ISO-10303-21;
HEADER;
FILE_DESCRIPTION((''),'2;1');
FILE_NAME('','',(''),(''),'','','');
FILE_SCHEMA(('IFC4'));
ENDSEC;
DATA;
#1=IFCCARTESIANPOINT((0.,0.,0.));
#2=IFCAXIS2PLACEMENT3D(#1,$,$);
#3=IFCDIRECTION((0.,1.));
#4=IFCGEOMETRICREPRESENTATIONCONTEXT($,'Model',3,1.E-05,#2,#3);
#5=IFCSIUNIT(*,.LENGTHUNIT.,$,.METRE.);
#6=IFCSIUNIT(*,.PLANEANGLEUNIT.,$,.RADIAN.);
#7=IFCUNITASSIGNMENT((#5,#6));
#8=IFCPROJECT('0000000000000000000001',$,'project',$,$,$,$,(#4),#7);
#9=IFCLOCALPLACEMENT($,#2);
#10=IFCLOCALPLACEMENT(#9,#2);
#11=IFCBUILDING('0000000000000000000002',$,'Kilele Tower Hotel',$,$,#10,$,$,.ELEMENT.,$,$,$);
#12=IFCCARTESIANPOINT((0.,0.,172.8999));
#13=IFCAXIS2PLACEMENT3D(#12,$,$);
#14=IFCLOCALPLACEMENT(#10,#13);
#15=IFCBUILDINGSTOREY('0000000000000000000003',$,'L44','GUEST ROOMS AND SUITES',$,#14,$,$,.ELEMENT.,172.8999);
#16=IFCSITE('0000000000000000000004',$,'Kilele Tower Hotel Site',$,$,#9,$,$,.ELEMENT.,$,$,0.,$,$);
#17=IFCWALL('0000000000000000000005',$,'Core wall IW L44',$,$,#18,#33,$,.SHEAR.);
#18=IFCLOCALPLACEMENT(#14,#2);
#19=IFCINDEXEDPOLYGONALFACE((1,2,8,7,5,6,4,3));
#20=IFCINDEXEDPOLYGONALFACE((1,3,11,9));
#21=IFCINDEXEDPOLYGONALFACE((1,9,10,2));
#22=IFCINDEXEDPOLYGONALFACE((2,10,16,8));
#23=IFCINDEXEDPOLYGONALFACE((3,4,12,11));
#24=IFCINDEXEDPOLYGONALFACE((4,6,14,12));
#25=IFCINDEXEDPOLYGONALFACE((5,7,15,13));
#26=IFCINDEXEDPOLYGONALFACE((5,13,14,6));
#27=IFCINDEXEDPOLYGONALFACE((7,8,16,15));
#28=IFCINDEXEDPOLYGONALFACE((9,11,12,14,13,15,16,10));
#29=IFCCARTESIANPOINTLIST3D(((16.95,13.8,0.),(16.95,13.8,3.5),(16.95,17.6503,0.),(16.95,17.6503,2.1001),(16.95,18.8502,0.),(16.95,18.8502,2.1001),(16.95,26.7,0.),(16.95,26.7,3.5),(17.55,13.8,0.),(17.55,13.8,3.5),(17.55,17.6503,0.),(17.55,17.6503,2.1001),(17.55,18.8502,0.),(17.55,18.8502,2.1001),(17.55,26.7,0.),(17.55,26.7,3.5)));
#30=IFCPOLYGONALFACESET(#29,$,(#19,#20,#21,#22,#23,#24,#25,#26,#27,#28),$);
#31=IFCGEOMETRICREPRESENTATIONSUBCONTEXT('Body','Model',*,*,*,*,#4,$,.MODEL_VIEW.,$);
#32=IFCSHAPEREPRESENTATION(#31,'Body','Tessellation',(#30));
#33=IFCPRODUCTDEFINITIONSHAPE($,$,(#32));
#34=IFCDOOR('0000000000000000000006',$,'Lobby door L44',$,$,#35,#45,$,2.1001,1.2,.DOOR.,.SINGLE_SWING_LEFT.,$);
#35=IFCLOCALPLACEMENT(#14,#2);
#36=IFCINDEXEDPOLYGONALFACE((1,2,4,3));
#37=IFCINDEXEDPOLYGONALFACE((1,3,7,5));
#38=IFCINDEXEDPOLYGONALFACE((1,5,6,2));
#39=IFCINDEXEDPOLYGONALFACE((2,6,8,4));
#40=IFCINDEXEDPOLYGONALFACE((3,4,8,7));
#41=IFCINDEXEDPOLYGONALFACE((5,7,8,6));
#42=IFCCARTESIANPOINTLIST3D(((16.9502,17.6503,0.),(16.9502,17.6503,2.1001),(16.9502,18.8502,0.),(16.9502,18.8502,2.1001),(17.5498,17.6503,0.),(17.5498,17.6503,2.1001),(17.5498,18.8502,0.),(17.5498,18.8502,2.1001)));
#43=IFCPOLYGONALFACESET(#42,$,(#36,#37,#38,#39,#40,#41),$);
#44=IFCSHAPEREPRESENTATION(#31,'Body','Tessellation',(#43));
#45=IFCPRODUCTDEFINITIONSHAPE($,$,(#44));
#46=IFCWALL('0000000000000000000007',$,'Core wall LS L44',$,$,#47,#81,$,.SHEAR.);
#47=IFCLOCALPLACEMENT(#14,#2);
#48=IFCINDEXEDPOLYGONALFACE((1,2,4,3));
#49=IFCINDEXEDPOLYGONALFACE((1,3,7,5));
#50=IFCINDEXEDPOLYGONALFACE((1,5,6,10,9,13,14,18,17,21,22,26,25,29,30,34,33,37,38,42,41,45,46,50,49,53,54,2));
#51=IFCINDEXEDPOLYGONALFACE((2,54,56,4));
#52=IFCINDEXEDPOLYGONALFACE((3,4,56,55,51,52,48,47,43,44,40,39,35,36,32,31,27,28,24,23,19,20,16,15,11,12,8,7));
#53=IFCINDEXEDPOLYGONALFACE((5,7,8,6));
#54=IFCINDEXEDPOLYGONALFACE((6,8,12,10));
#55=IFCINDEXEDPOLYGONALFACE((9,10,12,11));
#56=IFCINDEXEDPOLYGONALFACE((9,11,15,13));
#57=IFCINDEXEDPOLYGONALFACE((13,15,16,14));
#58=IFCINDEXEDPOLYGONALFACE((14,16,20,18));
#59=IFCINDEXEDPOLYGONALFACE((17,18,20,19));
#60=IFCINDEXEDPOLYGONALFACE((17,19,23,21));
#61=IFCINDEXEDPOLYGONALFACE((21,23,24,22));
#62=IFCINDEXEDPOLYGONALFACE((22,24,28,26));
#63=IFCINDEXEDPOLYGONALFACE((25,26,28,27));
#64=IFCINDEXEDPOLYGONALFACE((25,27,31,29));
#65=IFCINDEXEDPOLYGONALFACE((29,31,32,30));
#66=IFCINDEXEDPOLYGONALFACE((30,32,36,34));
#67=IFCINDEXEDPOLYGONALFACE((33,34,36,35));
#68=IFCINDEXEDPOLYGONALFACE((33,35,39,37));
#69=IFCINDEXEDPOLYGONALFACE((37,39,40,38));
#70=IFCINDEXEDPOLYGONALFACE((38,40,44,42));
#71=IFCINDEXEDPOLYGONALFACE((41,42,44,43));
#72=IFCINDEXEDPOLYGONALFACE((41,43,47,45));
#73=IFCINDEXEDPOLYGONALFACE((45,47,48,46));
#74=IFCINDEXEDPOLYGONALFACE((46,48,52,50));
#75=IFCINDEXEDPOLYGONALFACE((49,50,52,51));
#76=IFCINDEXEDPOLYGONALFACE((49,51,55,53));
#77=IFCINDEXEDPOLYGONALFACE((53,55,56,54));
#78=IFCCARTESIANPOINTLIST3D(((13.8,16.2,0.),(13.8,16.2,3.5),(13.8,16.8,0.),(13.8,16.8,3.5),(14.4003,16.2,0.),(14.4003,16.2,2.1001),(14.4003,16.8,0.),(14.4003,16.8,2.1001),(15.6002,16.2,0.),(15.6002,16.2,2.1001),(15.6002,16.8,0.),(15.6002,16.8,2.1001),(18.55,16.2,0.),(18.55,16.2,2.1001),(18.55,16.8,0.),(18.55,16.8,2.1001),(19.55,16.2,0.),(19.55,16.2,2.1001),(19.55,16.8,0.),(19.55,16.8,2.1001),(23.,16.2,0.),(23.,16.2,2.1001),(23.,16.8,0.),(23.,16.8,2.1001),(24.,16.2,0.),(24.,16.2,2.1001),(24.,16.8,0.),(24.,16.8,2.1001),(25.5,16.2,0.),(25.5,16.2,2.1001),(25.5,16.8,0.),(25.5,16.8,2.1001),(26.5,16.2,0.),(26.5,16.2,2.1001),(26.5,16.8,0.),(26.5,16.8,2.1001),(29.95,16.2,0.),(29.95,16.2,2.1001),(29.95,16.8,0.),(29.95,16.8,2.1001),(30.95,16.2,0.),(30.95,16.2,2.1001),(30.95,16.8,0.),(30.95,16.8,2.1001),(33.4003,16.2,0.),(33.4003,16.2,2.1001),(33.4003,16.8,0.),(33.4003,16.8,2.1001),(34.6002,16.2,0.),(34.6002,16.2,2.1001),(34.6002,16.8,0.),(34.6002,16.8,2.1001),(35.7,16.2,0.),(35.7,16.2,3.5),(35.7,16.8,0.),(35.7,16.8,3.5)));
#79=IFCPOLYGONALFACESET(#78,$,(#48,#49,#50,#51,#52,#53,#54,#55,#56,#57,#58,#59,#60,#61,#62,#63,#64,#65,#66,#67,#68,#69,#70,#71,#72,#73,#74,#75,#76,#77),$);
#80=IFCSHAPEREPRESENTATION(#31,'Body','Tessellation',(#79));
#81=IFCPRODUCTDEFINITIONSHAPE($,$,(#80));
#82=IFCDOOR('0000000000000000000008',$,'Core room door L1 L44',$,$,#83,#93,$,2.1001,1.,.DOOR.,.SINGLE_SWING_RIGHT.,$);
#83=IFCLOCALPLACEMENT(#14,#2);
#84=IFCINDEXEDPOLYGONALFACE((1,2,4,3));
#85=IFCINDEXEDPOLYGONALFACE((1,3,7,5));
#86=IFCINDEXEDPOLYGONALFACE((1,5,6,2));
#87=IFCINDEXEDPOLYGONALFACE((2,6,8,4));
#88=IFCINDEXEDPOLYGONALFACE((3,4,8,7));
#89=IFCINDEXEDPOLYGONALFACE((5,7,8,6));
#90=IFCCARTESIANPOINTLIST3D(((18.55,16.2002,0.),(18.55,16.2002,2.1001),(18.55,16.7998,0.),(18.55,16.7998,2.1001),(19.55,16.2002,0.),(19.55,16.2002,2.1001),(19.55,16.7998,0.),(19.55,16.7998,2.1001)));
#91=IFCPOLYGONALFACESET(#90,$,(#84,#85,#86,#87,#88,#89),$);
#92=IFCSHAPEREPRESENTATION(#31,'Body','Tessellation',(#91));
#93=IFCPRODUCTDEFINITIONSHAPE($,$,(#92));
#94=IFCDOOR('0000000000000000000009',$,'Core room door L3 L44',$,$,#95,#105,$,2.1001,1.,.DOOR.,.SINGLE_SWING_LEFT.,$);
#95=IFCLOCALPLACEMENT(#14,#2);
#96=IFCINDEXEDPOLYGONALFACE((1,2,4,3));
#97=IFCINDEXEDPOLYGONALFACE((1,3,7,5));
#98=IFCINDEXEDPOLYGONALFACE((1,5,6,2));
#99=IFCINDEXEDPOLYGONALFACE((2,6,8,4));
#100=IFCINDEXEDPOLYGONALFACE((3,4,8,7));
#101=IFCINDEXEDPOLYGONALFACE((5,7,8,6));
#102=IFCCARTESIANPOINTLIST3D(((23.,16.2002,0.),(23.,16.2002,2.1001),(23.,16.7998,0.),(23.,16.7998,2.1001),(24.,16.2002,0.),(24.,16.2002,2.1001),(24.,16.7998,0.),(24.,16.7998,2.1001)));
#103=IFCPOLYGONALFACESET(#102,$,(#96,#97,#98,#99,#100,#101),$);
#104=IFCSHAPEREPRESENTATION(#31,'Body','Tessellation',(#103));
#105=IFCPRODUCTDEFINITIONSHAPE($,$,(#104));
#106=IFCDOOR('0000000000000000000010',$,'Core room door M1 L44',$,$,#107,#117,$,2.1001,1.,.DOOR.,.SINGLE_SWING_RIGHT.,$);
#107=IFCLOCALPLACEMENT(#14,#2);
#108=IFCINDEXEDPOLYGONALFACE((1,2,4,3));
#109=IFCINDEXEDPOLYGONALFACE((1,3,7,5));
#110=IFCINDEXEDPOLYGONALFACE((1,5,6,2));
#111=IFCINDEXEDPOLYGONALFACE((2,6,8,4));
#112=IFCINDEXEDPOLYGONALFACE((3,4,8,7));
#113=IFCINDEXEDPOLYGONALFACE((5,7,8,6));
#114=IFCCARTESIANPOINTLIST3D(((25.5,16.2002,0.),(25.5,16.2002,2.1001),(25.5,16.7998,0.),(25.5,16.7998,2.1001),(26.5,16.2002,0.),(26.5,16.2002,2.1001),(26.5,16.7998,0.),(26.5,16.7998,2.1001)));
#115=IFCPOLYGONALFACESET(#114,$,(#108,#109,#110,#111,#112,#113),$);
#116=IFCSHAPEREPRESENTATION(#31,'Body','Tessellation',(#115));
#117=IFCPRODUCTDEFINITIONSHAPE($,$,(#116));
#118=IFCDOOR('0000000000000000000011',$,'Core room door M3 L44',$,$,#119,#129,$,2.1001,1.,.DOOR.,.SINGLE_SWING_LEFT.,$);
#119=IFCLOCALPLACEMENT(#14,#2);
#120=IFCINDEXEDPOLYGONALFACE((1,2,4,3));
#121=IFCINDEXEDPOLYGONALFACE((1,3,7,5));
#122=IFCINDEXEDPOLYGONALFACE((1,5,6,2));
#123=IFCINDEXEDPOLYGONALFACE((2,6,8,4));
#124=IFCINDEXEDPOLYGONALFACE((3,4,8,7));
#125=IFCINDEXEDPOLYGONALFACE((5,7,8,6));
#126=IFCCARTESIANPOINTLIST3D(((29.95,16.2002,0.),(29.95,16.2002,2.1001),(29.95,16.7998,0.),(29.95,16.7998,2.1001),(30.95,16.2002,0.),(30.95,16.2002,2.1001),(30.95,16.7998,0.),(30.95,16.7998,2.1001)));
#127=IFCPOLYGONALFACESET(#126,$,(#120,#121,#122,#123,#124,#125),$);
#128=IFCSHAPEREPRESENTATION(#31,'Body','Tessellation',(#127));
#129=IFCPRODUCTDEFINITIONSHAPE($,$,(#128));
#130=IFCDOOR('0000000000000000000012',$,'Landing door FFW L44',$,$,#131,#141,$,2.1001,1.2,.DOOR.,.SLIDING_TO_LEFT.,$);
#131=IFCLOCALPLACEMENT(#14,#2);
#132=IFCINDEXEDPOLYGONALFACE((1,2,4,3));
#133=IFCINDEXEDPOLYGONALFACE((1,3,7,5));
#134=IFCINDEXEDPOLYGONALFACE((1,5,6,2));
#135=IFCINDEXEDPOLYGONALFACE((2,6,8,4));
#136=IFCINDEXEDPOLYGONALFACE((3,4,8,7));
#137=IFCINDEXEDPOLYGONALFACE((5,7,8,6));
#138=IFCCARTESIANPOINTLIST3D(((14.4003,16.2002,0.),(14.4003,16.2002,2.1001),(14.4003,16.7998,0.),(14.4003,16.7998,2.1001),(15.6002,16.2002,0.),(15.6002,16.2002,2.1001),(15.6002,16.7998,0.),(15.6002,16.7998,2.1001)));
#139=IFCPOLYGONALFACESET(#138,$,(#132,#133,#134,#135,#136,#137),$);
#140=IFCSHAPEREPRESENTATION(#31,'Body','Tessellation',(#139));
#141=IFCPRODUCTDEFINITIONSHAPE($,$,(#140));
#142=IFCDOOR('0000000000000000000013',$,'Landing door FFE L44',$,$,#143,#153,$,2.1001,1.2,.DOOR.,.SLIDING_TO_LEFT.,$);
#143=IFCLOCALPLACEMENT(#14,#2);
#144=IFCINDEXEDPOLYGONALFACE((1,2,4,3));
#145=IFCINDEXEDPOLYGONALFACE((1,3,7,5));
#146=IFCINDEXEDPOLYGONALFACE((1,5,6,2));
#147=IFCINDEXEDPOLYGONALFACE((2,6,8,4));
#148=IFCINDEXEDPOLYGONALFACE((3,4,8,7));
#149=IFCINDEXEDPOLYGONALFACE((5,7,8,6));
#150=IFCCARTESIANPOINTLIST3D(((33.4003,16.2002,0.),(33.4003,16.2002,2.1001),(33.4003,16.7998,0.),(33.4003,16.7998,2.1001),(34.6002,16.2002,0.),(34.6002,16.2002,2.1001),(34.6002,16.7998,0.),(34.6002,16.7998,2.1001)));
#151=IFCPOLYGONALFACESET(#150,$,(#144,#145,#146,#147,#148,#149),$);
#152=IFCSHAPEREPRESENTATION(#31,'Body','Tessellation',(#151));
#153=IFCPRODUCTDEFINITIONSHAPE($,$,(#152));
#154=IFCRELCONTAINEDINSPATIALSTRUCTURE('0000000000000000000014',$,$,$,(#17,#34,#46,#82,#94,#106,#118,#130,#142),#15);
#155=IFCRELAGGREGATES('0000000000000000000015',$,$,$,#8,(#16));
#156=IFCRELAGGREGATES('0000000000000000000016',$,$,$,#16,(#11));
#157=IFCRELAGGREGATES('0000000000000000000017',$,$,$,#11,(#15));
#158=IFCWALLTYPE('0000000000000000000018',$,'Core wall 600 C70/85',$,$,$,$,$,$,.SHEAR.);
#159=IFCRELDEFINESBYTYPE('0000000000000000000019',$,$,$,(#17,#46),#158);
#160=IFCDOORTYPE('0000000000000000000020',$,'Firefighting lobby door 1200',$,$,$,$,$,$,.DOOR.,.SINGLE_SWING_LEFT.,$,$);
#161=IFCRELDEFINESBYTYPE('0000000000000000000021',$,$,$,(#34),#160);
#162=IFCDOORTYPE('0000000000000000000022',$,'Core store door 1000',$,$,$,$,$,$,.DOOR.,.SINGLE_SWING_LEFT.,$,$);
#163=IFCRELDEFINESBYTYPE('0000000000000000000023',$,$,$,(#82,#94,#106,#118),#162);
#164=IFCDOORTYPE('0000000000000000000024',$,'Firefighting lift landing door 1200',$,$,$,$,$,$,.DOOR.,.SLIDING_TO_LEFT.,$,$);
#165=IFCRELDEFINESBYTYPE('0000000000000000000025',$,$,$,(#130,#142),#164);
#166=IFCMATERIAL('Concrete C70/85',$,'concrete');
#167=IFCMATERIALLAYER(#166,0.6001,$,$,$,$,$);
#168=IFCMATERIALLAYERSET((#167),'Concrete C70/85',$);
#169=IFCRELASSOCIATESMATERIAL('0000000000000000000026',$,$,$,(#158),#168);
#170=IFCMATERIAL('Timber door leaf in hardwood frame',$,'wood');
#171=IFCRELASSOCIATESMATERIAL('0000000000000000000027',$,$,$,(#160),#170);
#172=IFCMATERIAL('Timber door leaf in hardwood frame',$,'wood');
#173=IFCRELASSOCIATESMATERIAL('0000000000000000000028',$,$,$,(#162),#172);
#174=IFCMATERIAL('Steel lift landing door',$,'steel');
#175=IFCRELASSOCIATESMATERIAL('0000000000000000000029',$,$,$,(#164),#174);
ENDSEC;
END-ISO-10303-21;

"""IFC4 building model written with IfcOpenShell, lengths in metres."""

from ifc_helpers import new_model, si_unit, direction, frame, frame_2d, origin, place, context, subcontext, project, spatial, rectangle, extrude, material, layer, layer_set, type_object, element, fill, save


model = new_model("IFC4")

# Units and contexts
model_context = context("Model", 3, precision=1e-05, world=origin(), true_north=direction((0.0, 1.0)))
body_context = subcontext(model_context, "Body", "Model", "MODEL_VIEW")
ifc_project = project(units=[si_unit("LENGTHUNIT", "METRE"), si_unit("PLANEANGLEUNIT", "RADIAN")], contexts=[model_context])

# Site, building, storey
site_placement = place(None, origin())
site = spatial("IfcSite", under=ifc_project, at=site_placement, Name="Kilele Tower Hotel Site", CompositionType="ELEMENT", RefElevation=0.0)
building_placement = place(site_placement, origin())
building = spatial("IfcBuilding", under=site, at=building_placement, Name="Kilele Tower Hotel", CompositionType="ELEMENT")
storey_placement = place(building_placement, frame((0.0, 0.0, 172.8999)))
storey = spatial("IfcBuildingStorey", under=building, at=storey_placement, Name="L44", Description="GUEST ROOMS AND SUITES", CompositionType="ELEMENT", Elevation=172.8999)

# Wall, opening, door
ifc_material_1 = material(Name="Concrete C70/85", Category="concrete")
ifc_layer = layer(ifc_material_1, 0.6001)
ifc_layer_set = layer_set([ifc_layer], Name="Concrete C70/85")
wall_type = type_object("IfcWallType", Name="Core wall 600 C70/85", PredefinedType="SHEAR", material=ifc_layer_set)
wall_1_placement = place(storey_placement, frame((17.25, 13.8, 0.0), z_axis=(0.0, 0.0, 1.0), x_axis=(0.0, 1.0, 0.0)))
wall_1 = element("IfcWall", 1, at=wall_1_placement, inside=storey, type_object=wall_type, Name="Core wall IW L44", PredefinedType="SHEAR", context=body_context, shape_type="SweptSolid", body=[
    extrude(rectangle(XDim=12.8999, YDim=0.6001, at=frame_2d((6.45, 0.0))), origin(), (0.0, 0.0, 1.0), 3.5),
])
opening_1_placement = place(wall_1_placement, frame((3.8501, 0.0, 0.0)))
opening_1 = element("IfcOpeningElement", 2, at=opening_1_placement, cuts=wall_1, PredefinedType="OPENING", context=body_context, shape_type="SweptSolid", body=[
    extrude(rectangle(XDim=1.2, YDim=2.1001, at=frame_2d((0.6001, 1.05))), frame((0.0, 0.3101, 0.0), z_axis=(0.0, -1.0, 0.0), x_axis=(1.0, 0.0, 0.0)), (0.0, 0.0, 1.0), 0.6201),
])
ifc_material_2 = material(Name="Timber door leaf in hardwood frame", Category="wood")
door_type_1 = type_object("IfcDoorType", Name="Firefighting lobby door 1200", OperationType="SINGLE_SWING_LEFT", PredefinedType="DOOR", material=ifc_material_2)
door_1_placement = place(opening_1_placement, origin())
door_1 = element("IfcDoor", 3, at=door_1_placement, inside=storey, type_object=door_type_1, Name="Lobby door L44", OperationType="SINGLE_SWING_LEFT", OverallHeight=2.1001, OverallWidth=1.2, PredefinedType="DOOR", context=body_context, shape_type="SweptSolid", body=[
    extrude(rectangle(XDim=1.2, YDim=2.1001, at=frame_2d((0.6001, 1.05))), frame((0.0, 0.2998, 0.0), z_axis=(0.0, -1.0, 0.0), x_axis=(1.0, 0.0, 0.0)), (0.0, 0.0, 1.0), 0.5996),
])
fill(opening_1, door_1)

# Wall, openings, doors
wall_2_placement = place(storey_placement, frame((13.8, 16.5, 0.0), z_axis=(0.0, 0.0, 1.0), x_axis=(1.0, 0.0, 0.0)))
wall_2 = element("IfcWall", 4, at=wall_2_placement, inside=storey, type_object=wall_type, Name="Core wall LS L44", PredefinedType="SHEAR", context=body_context, shape_type="SweptSolid", body=[
    extrude(rectangle(XDim=21.8999, YDim=0.6001, at=frame_2d((10.95, 0.0))), origin(), (0.0, 0.0, 1.0), 3.5),
])
opening_2_placement = place(wall_2_placement, frame((5.75, 0.0, 0.0), z_axis=(0.0, 0.0, 1.0), x_axis=(-1.0, 0.0, 0.0)))
opening_2 = element("IfcOpeningElement", 5, at=opening_2_placement, cuts=wall_2, PredefinedType="OPENING", context=body_context, shape_type="SweptSolid", body=[
    extrude(rectangle(XDim=1.0, YDim=2.1001, at=frame_2d((0.5, 1.05))), frame((0.0, 0.3101, 0.0), z_axis=(0.0, -1.0, 0.0), x_axis=(1.0, 0.0, 0.0)), (0.0, 0.0, 1.0), 0.6201),
])
opening_3_placement = place(wall_2_placement, frame((10.2, 0.0, 0.0), z_axis=(0.0, 0.0, 1.0), x_axis=(-1.0, 0.0, 0.0)))
opening_3 = element("IfcOpeningElement", 6, at=opening_3_placement, cuts=wall_2, PredefinedType="OPENING", context=body_context, shape_type="SweptSolid", body=[
    extrude(rectangle(XDim=1.0, YDim=2.1001, at=frame_2d((0.5, 1.05))), frame((0.0, 0.3101, 0.0), z_axis=(0.0, -1.0, 0.0), x_axis=(1.0, 0.0, 0.0)), (0.0, 0.0, 1.0), 0.6201),
])
opening_4_placement = place(wall_2_placement, frame((12.7, 0.0, 0.0), z_axis=(0.0, 0.0, 1.0), x_axis=(-1.0, 0.0, 0.0)))
opening_4 = element("IfcOpeningElement", 7, at=opening_4_placement, cuts=wall_2, PredefinedType="OPENING", context=body_context, shape_type="SweptSolid", body=[
    extrude(rectangle(XDim=1.0, YDim=2.1001, at=frame_2d((0.5, 1.05))), frame((0.0, 0.3101, 0.0), z_axis=(0.0, -1.0, 0.0), x_axis=(1.0, 0.0, 0.0)), (0.0, 0.0, 1.0), 0.6201),
])
opening_5_placement = place(wall_2_placement, frame((17.1499, 0.0, 0.0), z_axis=(0.0, 0.0, 1.0), x_axis=(-1.0, 0.0, 0.0)))
opening_5 = element("IfcOpeningElement", 8, at=opening_5_placement, cuts=wall_2, PredefinedType="OPENING", context=body_context, shape_type="SweptSolid", body=[
    extrude(rectangle(XDim=1.0, YDim=2.1001, at=frame_2d((0.5, 1.05))), frame((0.0, 0.3101, 0.0), z_axis=(0.0, -1.0, 0.0), x_axis=(1.0, 0.0, 0.0)), (0.0, 0.0, 1.0), 0.6201),
])
opening_6_placement = place(wall_2_placement, frame((0.6001, 0.0, 0.0)))
opening_6 = element("IfcOpeningElement", 9, at=opening_6_placement, cuts=wall_2, PredefinedType="OPENING", context=body_context, shape_type="SweptSolid", body=[
    extrude(rectangle(XDim=1.2, YDim=2.1001, at=frame_2d((0.6001, 1.05))), frame((0.0, 0.3101, 0.0), z_axis=(0.0, -1.0, 0.0), x_axis=(1.0, 0.0, 0.0)), (0.0, 0.0, 1.0), 0.6201),
])
opening_7_placement = place(wall_2_placement, frame((19.6001, 0.0, 0.0)))
opening_7 = element("IfcOpeningElement", 10, at=opening_7_placement, cuts=wall_2, PredefinedType="OPENING", context=body_context, shape_type="SweptSolid", body=[
    extrude(rectangle(XDim=1.2, YDim=2.1001, at=frame_2d((0.6001, 1.05))), frame((0.0, 0.3101, 0.0), z_axis=(0.0, -1.0, 0.0), x_axis=(1.0, 0.0, 0.0)), (0.0, 0.0, 1.0), 0.6201),
])
ifc_material_3 = material(Name="Timber door leaf in hardwood frame", Category="wood")
door_type_2 = type_object("IfcDoorType", Name="Core store door 1000", OperationType="SINGLE_SWING_LEFT", PredefinedType="DOOR", material=ifc_material_3)
door_2_placement = place(opening_2_placement, origin())
door_2 = element("IfcDoor", 11, at=door_2_placement, inside=storey, type_object=door_type_2, Name="Core room door L1 L44", OperationType="SINGLE_SWING_RIGHT", OverallHeight=2.1001, OverallWidth=1.0, PredefinedType="DOOR", context=body_context, shape_type="SweptSolid", body=[
    extrude(rectangle(XDim=1.0, YDim=2.1001, at=frame_2d((0.5, 1.05))), frame((0.0, 0.2998, 0.0), z_axis=(0.0, -1.0, 0.0), x_axis=(1.0, 0.0, 0.0)), (0.0, 0.0, 1.0), 0.5996),
])
fill(opening_2, door_2)
door_3_placement = place(opening_3_placement, origin())
door_3 = element("IfcDoor", 12, at=door_3_placement, inside=storey, type_object=door_type_2, Name="Core room door L3 L44", OperationType="SINGLE_SWING_LEFT", OverallHeight=2.1001, OverallWidth=1.0, PredefinedType="DOOR", context=body_context, shape_type="SweptSolid", body=[
    extrude(rectangle(XDim=1.0, YDim=2.1001, at=frame_2d((0.5, 1.05))), frame((0.0, 0.2998, 0.0), z_axis=(0.0, -1.0, 0.0), x_axis=(1.0, 0.0, 0.0)), (0.0, 0.0, 1.0), 0.5996),
])
fill(opening_3, door_3)
door_4_placement = place(opening_4_placement, origin())
door_4 = element("IfcDoor", 13, at=door_4_placement, inside=storey, type_object=door_type_2, Name="Core room door M1 L44", OperationType="SINGLE_SWING_RIGHT", OverallHeight=2.1001, OverallWidth=1.0, PredefinedType="DOOR", context=body_context, shape_type="SweptSolid", body=[
    extrude(rectangle(XDim=1.0, YDim=2.1001, at=frame_2d((0.5, 1.05))), frame((0.0, 0.2998, 0.0), z_axis=(0.0, -1.0, 0.0), x_axis=(1.0, 0.0, 0.0)), (0.0, 0.0, 1.0), 0.5996),
])
fill(opening_4, door_4)
door_5_placement = place(opening_5_placement, origin())
door_5 = element("IfcDoor", 14, at=door_5_placement, inside=storey, type_object=door_type_2, Name="Core room door M3 L44", OperationType="SINGLE_SWING_LEFT", OverallHeight=2.1001, OverallWidth=1.0, PredefinedType="DOOR", context=body_context, shape_type="SweptSolid", body=[
    extrude(rectangle(XDim=1.0, YDim=2.1001, at=frame_2d((0.5, 1.05))), frame((0.0, 0.2998, 0.0), z_axis=(0.0, -1.0, 0.0), x_axis=(1.0, 0.0, 0.0)), (0.0, 0.0, 1.0), 0.5996),
])
fill(opening_5, door_5)
ifc_material_4 = material(Name="Steel lift landing door", Category="steel")
door_type_3 = type_object("IfcDoorType", Name="Firefighting lift landing door 1200", OperationType="SLIDING_TO_LEFT", PredefinedType="DOOR", material=ifc_material_4)
door_6_placement = place(opening_6_placement, origin())
door_6 = element("IfcDoor", 15, at=door_6_placement, inside=storey, type_object=door_type_3, Name="Landing door FFW L44", OperationType="SLIDING_TO_LEFT", OverallHeight=2.1001, OverallWidth=1.2, PredefinedType="DOOR", context=body_context, shape_type="SweptSolid", body=[
    extrude(rectangle(XDim=1.2, YDim=2.1001, at=frame_2d((0.6001, 1.05))), frame((0.0, 0.2998, 0.0), z_axis=(0.0, -1.0, 0.0), x_axis=(1.0, 0.0, 0.0)), (0.0, 0.0, 1.0), 0.5996),
])
fill(opening_6, door_6)
door_7_placement = place(opening_7_placement, origin())
door_7 = element("IfcDoor", 16, at=door_7_placement, inside=storey, type_object=door_type_3, Name="Landing door FFE L44", OperationType="SLIDING_TO_LEFT", OverallHeight=2.1001, OverallWidth=1.2, PredefinedType="DOOR", context=body_context, shape_type="SweptSolid", body=[
    extrude(rectangle(XDim=1.2, YDim=2.1001, at=frame_2d((0.6001, 1.05))), frame((0.0, 0.2998, 0.0), z_axis=(0.0, -1.0, 0.0), x_axis=(1.0, 0.0, 0.0)), (0.0, 0.0, 1.0), 0.5996),
])
fill(opening_7, door_7)

save(model, "model.ifc")
